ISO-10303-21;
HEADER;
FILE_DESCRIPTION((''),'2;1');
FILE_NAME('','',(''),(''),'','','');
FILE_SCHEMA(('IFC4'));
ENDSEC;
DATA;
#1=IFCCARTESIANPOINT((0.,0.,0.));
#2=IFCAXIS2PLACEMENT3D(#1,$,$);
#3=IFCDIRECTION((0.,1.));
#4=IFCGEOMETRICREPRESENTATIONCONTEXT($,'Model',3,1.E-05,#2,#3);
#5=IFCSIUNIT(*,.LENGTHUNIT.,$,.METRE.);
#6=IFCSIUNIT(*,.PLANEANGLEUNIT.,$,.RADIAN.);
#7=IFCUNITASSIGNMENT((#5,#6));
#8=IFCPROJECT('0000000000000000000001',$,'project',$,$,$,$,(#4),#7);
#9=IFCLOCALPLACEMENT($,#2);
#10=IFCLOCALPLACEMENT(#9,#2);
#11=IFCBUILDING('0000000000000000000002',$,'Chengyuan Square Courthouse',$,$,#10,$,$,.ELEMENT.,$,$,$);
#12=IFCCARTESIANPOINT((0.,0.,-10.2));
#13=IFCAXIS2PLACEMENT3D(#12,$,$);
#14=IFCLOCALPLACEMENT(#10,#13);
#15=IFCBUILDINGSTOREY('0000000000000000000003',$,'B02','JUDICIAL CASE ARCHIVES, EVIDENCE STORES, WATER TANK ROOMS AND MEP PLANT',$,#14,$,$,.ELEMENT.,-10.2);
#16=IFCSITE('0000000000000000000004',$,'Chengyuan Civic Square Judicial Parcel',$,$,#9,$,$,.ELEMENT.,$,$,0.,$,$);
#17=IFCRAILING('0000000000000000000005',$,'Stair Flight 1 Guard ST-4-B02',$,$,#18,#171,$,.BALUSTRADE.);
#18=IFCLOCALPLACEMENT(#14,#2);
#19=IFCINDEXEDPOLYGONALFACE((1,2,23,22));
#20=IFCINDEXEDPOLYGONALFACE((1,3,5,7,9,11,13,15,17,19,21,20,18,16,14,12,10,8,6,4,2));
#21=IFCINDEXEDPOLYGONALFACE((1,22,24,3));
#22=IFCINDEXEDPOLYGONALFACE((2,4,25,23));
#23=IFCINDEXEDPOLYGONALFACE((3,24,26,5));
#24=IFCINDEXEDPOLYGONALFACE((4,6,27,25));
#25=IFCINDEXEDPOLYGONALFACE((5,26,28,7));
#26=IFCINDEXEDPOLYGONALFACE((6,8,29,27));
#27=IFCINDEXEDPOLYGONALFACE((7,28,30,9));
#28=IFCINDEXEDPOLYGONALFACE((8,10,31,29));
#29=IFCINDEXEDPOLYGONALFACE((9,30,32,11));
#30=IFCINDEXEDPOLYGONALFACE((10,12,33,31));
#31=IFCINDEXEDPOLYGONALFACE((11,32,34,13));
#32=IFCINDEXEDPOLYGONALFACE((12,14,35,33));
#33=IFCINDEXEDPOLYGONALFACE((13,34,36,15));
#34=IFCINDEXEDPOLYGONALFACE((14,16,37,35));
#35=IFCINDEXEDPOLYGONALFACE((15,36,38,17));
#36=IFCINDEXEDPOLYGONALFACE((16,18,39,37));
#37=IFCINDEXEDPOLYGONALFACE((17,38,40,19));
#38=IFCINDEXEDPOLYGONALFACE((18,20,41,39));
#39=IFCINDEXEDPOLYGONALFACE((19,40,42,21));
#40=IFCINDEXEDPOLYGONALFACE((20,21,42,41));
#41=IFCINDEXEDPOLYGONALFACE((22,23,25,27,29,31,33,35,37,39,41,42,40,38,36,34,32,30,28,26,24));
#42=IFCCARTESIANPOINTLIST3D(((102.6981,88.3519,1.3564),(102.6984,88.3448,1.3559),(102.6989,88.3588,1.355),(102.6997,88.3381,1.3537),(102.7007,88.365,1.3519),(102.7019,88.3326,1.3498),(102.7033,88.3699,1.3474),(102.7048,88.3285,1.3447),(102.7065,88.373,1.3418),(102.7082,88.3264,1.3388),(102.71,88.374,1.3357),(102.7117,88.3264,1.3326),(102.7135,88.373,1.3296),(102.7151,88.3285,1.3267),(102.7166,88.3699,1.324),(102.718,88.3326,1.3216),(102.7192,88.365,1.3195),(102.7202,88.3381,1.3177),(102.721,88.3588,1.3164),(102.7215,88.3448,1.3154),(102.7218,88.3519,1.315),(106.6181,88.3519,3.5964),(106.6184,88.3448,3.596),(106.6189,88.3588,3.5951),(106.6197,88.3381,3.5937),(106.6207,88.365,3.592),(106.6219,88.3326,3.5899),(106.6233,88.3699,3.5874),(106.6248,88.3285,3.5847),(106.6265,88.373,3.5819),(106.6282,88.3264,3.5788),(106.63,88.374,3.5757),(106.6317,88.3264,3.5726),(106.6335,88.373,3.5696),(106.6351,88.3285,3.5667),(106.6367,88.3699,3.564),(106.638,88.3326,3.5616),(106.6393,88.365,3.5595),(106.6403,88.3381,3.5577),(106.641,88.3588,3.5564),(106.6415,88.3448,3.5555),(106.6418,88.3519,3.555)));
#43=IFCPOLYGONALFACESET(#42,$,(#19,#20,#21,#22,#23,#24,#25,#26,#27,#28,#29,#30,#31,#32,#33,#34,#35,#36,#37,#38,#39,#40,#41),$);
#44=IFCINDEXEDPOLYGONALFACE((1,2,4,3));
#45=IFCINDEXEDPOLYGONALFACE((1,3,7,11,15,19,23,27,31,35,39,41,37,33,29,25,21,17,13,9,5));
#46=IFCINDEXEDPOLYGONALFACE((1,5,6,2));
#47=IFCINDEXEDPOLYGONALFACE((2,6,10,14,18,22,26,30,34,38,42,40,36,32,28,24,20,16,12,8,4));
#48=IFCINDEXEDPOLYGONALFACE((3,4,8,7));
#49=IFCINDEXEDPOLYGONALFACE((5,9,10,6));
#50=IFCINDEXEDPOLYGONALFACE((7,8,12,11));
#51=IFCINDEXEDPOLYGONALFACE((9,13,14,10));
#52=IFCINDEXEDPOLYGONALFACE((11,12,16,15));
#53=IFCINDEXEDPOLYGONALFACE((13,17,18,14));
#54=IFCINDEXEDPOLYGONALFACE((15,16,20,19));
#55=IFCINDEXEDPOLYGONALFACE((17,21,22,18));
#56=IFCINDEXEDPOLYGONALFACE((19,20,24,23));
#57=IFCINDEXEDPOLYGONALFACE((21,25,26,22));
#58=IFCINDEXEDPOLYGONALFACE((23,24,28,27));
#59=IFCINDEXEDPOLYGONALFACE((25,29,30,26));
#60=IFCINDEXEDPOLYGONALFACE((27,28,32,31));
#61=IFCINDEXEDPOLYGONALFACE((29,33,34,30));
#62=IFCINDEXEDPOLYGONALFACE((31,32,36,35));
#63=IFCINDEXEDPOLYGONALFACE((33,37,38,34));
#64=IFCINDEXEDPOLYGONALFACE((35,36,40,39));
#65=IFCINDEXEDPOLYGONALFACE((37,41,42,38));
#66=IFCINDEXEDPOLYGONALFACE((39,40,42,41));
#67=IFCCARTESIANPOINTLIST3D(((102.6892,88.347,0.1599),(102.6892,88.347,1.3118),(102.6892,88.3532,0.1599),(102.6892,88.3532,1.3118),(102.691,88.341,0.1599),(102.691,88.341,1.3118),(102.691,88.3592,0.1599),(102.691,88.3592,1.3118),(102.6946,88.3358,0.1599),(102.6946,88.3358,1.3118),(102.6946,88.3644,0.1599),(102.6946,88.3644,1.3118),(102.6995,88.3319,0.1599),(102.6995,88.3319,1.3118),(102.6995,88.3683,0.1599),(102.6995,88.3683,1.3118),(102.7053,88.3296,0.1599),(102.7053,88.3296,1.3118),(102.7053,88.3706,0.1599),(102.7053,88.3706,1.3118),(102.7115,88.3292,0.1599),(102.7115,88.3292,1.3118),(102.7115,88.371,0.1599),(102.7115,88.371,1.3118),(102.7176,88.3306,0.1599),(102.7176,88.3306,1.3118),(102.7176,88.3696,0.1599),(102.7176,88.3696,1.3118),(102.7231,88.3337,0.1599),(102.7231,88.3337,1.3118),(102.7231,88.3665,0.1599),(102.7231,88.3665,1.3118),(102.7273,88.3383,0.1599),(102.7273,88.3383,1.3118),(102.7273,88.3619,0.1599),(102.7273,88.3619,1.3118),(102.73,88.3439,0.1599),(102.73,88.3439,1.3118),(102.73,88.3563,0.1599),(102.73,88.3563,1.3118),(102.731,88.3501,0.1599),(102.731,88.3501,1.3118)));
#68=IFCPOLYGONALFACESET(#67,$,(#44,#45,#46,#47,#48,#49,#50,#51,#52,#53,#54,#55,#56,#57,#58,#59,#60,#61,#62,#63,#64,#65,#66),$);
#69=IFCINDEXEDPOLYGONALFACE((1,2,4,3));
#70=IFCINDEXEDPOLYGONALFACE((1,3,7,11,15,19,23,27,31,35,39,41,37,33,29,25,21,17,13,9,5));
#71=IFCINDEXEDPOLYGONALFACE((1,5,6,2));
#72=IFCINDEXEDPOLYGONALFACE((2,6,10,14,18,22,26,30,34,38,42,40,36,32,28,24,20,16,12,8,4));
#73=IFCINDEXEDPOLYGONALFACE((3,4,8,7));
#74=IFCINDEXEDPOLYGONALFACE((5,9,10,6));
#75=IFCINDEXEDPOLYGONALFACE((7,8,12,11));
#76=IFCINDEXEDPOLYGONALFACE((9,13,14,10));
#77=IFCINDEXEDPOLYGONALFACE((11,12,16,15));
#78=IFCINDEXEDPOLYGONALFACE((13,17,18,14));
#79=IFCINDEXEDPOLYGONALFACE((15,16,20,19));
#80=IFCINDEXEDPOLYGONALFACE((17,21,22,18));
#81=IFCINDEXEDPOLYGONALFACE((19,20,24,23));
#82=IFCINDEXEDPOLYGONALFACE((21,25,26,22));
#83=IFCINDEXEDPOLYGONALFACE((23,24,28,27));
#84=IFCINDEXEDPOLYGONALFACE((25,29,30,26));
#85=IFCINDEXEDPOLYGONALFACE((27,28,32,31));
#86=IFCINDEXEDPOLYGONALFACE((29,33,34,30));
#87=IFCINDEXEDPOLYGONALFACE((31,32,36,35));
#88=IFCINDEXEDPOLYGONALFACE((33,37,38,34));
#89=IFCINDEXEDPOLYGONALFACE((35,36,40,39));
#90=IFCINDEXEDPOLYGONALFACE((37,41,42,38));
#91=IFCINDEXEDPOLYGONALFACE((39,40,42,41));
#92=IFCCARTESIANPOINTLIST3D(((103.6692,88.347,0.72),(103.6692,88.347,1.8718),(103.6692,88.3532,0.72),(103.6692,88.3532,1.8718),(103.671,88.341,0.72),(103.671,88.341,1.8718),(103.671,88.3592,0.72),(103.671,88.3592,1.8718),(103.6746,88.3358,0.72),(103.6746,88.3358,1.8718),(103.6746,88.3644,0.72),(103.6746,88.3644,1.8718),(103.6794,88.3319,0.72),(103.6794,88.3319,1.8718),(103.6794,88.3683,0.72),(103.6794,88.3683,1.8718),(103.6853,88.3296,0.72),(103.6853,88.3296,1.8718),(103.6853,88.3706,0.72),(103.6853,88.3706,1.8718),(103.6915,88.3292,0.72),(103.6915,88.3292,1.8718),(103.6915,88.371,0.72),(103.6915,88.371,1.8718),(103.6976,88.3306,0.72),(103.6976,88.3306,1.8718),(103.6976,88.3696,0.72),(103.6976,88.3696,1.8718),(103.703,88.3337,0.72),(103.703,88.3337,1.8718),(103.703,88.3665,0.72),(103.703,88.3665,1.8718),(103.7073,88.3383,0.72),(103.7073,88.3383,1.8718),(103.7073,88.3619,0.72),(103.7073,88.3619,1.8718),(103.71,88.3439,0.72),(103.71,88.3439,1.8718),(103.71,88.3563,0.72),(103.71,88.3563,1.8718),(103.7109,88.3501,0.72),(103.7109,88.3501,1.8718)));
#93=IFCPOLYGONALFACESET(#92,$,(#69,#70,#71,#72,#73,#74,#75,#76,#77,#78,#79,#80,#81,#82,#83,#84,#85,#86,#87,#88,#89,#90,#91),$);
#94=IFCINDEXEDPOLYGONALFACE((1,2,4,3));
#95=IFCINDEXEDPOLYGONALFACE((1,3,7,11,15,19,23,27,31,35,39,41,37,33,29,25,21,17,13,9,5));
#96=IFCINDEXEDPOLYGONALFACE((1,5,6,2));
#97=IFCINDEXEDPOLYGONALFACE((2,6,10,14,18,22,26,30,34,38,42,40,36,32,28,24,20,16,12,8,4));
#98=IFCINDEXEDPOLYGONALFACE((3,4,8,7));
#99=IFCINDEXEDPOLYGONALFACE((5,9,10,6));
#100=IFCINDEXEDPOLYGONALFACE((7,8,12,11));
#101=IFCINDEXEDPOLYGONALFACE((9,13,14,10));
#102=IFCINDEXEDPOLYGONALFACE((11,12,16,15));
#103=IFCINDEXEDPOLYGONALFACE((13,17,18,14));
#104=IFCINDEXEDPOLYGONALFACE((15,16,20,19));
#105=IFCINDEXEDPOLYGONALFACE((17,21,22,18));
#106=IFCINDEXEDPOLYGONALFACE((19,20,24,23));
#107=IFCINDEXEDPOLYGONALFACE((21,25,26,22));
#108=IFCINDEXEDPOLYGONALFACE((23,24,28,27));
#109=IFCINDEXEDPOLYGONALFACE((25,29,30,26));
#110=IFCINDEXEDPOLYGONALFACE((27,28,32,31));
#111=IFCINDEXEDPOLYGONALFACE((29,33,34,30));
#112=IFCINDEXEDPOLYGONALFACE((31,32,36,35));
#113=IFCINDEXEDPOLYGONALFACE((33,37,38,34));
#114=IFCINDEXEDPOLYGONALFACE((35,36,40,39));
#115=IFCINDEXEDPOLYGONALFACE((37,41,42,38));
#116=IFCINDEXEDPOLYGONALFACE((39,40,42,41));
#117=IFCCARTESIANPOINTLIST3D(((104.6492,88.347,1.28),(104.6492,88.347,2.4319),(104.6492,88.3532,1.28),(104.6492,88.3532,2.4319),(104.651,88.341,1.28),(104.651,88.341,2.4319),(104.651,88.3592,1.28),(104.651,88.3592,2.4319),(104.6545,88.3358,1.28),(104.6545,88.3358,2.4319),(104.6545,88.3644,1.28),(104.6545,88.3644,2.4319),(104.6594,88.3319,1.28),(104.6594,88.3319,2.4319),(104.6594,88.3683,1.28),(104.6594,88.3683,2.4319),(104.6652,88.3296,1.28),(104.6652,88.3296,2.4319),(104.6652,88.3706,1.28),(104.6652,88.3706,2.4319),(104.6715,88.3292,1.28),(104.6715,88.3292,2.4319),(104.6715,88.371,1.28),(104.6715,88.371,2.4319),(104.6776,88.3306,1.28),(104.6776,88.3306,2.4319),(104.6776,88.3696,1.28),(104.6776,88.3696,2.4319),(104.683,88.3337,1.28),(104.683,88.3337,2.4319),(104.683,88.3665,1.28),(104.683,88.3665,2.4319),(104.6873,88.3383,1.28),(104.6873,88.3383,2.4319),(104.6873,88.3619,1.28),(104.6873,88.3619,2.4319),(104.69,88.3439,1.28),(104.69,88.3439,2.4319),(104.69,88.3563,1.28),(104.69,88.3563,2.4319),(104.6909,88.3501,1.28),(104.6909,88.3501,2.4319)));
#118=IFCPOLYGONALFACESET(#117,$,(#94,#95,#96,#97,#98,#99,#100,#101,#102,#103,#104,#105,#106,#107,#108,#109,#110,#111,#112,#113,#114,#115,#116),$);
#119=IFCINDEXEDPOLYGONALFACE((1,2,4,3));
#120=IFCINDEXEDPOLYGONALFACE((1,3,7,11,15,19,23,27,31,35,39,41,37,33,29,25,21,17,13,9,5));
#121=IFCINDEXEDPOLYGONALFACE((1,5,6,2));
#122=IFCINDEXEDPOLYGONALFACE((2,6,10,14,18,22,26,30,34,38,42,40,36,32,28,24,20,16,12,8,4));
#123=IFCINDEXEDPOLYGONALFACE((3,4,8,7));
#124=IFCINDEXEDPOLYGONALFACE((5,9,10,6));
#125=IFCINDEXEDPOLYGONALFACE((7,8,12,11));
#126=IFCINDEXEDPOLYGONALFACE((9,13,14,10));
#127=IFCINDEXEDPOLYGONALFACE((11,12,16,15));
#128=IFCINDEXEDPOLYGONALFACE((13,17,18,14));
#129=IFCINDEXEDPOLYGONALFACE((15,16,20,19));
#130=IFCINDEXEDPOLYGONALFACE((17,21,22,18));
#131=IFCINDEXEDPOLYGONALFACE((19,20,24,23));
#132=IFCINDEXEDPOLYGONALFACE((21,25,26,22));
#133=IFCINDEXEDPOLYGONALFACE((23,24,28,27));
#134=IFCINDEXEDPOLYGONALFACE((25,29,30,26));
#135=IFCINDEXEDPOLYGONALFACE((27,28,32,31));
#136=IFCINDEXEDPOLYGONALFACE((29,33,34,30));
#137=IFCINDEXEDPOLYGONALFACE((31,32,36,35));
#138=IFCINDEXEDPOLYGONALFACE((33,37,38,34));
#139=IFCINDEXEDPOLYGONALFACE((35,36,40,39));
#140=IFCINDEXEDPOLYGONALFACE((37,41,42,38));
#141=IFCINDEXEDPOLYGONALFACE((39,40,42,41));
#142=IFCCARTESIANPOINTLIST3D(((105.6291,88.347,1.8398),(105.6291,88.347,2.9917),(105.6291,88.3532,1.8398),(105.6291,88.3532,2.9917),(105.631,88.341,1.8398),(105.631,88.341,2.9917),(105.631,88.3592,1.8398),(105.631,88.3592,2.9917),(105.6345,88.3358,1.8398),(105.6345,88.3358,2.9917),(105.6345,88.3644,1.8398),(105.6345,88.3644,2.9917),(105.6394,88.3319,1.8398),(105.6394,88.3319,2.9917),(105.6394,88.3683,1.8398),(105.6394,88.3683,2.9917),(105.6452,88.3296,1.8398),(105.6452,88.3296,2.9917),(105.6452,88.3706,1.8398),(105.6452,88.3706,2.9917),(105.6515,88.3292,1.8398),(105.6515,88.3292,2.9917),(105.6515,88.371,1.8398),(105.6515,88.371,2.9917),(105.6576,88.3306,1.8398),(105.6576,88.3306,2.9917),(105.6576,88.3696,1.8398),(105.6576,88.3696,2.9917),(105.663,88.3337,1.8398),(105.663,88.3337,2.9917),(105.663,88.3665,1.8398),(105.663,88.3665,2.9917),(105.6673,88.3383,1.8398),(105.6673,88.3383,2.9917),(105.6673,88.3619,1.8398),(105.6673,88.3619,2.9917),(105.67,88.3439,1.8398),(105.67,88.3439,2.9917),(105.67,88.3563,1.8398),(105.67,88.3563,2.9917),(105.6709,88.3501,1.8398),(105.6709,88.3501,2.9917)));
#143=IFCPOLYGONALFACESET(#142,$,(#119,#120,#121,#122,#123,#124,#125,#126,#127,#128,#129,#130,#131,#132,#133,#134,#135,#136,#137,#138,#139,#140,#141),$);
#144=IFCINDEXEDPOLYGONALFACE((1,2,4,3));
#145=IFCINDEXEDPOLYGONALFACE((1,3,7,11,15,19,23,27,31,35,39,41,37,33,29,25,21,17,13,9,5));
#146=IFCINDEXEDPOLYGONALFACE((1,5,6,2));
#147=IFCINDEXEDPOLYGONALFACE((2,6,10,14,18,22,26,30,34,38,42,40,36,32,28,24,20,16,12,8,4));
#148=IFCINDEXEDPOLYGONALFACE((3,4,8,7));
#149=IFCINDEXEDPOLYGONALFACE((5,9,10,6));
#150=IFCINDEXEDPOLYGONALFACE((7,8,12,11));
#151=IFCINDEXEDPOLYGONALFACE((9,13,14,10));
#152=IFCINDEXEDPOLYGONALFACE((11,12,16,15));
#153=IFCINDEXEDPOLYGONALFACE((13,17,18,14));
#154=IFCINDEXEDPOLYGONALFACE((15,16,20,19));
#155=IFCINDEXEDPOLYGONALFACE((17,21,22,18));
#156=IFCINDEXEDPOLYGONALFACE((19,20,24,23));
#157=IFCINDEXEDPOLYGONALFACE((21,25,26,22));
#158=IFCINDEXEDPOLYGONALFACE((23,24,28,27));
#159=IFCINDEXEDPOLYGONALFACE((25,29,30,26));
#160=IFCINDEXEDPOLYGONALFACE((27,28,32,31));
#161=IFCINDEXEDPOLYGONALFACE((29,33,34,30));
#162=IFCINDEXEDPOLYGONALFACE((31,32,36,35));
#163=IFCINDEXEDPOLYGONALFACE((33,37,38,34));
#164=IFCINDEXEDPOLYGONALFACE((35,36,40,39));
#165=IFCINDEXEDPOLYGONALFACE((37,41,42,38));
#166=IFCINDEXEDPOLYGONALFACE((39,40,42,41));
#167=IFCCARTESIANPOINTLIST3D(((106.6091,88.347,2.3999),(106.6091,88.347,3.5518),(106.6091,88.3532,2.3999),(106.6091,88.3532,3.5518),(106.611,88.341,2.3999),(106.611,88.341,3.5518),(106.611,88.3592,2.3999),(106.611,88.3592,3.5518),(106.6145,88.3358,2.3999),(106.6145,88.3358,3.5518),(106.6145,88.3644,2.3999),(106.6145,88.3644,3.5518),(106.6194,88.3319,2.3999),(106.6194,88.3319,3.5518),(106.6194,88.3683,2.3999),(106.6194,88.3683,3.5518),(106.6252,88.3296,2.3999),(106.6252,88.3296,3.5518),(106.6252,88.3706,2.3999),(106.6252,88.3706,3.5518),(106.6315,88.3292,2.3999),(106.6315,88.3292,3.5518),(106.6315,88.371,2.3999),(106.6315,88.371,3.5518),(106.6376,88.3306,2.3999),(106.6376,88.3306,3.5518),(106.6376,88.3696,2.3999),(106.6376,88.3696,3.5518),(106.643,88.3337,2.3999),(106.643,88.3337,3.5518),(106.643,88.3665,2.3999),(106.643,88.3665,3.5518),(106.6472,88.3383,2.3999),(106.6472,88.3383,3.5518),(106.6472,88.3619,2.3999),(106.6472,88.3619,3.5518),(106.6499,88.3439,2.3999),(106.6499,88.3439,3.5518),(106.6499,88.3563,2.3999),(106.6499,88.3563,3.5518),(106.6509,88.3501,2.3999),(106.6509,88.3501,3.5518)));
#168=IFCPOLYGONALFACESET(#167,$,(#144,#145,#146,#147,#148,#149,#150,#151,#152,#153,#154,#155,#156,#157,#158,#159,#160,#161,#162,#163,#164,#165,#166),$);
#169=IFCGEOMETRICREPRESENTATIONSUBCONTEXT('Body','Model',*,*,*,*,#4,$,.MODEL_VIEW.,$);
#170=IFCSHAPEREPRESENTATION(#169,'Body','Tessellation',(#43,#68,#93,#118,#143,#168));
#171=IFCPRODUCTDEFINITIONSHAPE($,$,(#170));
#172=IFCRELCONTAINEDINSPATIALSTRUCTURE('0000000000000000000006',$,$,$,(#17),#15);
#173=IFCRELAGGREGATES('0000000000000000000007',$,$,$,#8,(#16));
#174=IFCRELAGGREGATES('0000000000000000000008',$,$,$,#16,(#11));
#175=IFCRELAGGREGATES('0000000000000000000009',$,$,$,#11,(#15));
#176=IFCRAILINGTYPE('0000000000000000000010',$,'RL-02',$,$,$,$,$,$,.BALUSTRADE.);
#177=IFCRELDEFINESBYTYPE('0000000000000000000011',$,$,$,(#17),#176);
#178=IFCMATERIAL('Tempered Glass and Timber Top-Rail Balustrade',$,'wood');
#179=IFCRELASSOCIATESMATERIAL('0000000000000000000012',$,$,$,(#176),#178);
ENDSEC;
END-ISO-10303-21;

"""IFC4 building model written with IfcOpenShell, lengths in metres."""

from ifc_helpers import new_model, si_unit, direction, frame, origin, origin_2d, place, context, subcontext, project, spatial, circle, extrude, material, type_object, element, save


model = new_model("IFC4")

# Units and contexts
model_context = context("Model", 3, precision=1e-05, world=origin(), true_north=direction((0.0, 1.0)))
body_context = subcontext(model_context, "Body", "Model", "MODEL_VIEW")
ifc_project = project(units=[si_unit("LENGTHUNIT", "METRE"), si_unit("PLANEANGLEUNIT", "RADIAN")], contexts=[model_context])

# Site, building, storey
site_placement = place(None, origin())
site = spatial("IfcSite", under=ifc_project, at=site_placement, Name="Chengyuan Civic Square Judicial Parcel", CompositionType="ELEMENT", RefElevation=0.0)
building_placement = place(site_placement, origin())
building = spatial("IfcBuilding", under=site, at=building_placement, Name="Chengyuan Square Courthouse", CompositionType="ELEMENT")
storey_placement = place(building_placement, frame((0.0, 0.0, -10.2)))
storey = spatial("IfcBuildingStorey", under=building, at=storey_placement, Name="B02", Description="JUDICIAL CASE ARCHIVES, EVIDENCE STORES, WATER TANK ROOMS AND MEP PLANT", CompositionType="ELEMENT", Elevation=-10.2)

# Railing
ifc_material_1 = material(Name="Tempered Glass and Timber Top-Rail Balustrade", Category="wood")
railing_type_1 = type_object("IfcRailingType", Name="RL-02", PredefinedType="BALUSTRADE", material=ifc_material_1)
railing_1_placement = place(storey_placement, frame((102.71, 88.3501, 0.1599)))
element("IfcRailing", 1, at=railing_1_placement, inside=storey, type_object=railing_type_1, Name="Stair Flight 1 Guard ST-4-B02", PredefinedType="BALUSTRADE", context=body_context, shape_type="SweptSolid", body=[
    extrude(circle(Radius=0.0239, at=origin_2d()), frame((0.0, 0.0, 1.1758), z_axis=(0.86824, 0.0, 0.496145), x_axis=(0.0, 1.0, 0.0)), (0.0, 0.0, 1.0), 4.5149),
    extrude(circle(Radius=0.021, at=origin_2d()), origin(), (0.0, 0.0, 1.0), 1.1519),
    extrude(circle(Radius=0.021, at=origin_2d()), frame((0.98, 0.0, 0.5601)), (0.0, 0.0, 1.0), 1.1519),
    extrude(circle(Radius=0.021, at=origin_2d()), frame((1.96, 0.0, 1.1201)), (0.0, 0.0, 1.0), 1.1519),
    extrude(circle(Radius=0.021, at=origin_2d()), frame((2.9399, 0.0, 1.6799)), (0.0, 0.0, 1.0), 1.1519),
    extrude(circle(Radius=0.021, at=origin_2d()), frame((3.9199, 0.0, 2.24)), (0.0, 0.0, 1.0), 1.1519),
])

save(model, "model.ifc")
